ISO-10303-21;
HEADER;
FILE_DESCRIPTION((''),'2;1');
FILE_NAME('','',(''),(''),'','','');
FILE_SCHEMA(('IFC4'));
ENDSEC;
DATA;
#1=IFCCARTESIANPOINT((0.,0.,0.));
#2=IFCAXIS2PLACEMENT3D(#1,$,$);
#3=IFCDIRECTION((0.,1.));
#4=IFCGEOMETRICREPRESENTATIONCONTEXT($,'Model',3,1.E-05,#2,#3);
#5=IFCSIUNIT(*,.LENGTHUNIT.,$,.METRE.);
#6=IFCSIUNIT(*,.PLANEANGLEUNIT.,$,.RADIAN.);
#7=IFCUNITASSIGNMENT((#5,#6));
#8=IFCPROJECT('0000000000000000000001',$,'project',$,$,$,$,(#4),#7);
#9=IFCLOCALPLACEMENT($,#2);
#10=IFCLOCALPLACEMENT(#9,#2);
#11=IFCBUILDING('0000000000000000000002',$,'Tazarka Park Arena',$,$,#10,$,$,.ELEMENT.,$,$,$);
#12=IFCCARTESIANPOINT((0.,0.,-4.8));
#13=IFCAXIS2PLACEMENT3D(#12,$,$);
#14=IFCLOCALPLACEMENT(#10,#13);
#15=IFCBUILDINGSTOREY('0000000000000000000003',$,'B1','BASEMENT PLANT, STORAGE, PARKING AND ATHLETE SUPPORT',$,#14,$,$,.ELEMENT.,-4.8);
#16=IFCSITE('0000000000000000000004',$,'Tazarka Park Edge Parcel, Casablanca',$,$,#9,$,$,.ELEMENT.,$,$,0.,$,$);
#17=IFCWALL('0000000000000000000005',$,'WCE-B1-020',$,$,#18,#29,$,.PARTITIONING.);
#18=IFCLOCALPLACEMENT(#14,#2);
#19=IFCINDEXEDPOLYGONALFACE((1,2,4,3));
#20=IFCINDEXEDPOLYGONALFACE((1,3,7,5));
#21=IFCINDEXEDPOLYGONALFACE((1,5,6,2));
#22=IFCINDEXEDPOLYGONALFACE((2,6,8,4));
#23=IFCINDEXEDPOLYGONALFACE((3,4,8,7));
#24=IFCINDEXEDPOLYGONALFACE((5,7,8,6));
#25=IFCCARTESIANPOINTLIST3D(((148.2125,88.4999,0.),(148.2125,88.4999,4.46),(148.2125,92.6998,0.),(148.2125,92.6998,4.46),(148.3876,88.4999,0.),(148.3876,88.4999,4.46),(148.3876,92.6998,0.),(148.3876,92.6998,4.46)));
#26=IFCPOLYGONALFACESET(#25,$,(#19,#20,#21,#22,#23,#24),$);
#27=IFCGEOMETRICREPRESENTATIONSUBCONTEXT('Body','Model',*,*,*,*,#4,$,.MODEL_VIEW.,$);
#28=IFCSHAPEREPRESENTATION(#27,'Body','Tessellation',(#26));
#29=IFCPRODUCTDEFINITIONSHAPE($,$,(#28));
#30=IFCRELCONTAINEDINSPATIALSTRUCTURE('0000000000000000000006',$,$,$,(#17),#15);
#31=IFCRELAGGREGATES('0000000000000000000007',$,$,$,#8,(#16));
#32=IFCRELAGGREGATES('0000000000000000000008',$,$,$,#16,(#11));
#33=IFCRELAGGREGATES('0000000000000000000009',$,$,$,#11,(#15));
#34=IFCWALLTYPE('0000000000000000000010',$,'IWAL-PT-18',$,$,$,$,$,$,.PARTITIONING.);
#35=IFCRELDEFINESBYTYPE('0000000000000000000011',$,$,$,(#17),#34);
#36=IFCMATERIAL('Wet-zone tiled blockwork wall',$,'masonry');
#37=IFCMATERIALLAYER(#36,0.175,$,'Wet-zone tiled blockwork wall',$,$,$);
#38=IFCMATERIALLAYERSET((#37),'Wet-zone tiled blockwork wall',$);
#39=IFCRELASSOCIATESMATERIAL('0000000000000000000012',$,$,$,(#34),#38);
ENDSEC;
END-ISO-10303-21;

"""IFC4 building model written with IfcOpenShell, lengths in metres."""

from ifc_helpers import new_model, si_unit, direction, frame, frame_2d, origin, place, context, subcontext, project, spatial, rectangle, extrude, material, layer, layer_set, type_object, element, save


model = new_model("IFC4")

# Units and contexts
model_context = context("Model", 3, precision=1e-05, world=origin(), true_north=direction((0.0, 1.0)))
body_context = subcontext(model_context, "Body", "Model", "MODEL_VIEW")
ifc_project = project(units=[si_unit("LENGTHUNIT", "METRE"), si_unit("PLANEANGLEUNIT", "RADIAN")], contexts=[model_context])

# Site, building, storey
site_placement = place(None, origin())
site = spatial("IfcSite", under=ifc_project, at=site_placement, Name="Tazarka Park Edge Parcel, Casablanca", CompositionType="ELEMENT", RefElevation=0.0)
building_placement = place(site_placement, origin())
building = spatial("IfcBuilding", under=site, at=building_placement, Name="Tazarka Park Arena", CompositionType="ELEMENT")
storey_placement = place(building_placement, frame((0.0, 0.0, -4.8)))
storey = spatial("IfcBuildingStorey", under=building, at=storey_placement, Name="B1", Description="BASEMENT PLANT, STORAGE, PARKING AND ATHLETE SUPPORT", CompositionType="ELEMENT", Elevation=-4.8)

# Shared definitions
ifc_material_1 = material(Name="Wet-zone tiled blockwork wall", Category="masonry")
ifc_layer_1 = layer(ifc_material_1, 0.175, Name="Wet-zone tiled blockwork wall")
ifc_layer_set_1 = layer_set([ifc_layer_1], Name="Wet-zone tiled blockwork wall")
wall_type_1 = type_object("IfcWallType", Name="IWAL-PT-18", PredefinedType="PARTITIONING", material=ifc_layer_set_1)

# Wall
wall_1_placement = place(storey_placement, frame((148.3, 92.7, 0.0), z_axis=(0.0, 0.0, 1.0), x_axis=(0.0, -1.0, 0.0)))
element("IfcWall", 1, at=wall_1_placement, inside=storey, type_object=wall_type_1, Name="WCE-B1-020", PredefinedType="PARTITIONING", context=body_context, shape_type="SweptSolid", body=[
    extrude(rectangle(XDim=4.2, YDim=0.175, at=frame_2d((2.1001, 0.0))), origin(), (0.0, 0.0, 1.0), 4.46),
])

save(model, "model.ifc")
